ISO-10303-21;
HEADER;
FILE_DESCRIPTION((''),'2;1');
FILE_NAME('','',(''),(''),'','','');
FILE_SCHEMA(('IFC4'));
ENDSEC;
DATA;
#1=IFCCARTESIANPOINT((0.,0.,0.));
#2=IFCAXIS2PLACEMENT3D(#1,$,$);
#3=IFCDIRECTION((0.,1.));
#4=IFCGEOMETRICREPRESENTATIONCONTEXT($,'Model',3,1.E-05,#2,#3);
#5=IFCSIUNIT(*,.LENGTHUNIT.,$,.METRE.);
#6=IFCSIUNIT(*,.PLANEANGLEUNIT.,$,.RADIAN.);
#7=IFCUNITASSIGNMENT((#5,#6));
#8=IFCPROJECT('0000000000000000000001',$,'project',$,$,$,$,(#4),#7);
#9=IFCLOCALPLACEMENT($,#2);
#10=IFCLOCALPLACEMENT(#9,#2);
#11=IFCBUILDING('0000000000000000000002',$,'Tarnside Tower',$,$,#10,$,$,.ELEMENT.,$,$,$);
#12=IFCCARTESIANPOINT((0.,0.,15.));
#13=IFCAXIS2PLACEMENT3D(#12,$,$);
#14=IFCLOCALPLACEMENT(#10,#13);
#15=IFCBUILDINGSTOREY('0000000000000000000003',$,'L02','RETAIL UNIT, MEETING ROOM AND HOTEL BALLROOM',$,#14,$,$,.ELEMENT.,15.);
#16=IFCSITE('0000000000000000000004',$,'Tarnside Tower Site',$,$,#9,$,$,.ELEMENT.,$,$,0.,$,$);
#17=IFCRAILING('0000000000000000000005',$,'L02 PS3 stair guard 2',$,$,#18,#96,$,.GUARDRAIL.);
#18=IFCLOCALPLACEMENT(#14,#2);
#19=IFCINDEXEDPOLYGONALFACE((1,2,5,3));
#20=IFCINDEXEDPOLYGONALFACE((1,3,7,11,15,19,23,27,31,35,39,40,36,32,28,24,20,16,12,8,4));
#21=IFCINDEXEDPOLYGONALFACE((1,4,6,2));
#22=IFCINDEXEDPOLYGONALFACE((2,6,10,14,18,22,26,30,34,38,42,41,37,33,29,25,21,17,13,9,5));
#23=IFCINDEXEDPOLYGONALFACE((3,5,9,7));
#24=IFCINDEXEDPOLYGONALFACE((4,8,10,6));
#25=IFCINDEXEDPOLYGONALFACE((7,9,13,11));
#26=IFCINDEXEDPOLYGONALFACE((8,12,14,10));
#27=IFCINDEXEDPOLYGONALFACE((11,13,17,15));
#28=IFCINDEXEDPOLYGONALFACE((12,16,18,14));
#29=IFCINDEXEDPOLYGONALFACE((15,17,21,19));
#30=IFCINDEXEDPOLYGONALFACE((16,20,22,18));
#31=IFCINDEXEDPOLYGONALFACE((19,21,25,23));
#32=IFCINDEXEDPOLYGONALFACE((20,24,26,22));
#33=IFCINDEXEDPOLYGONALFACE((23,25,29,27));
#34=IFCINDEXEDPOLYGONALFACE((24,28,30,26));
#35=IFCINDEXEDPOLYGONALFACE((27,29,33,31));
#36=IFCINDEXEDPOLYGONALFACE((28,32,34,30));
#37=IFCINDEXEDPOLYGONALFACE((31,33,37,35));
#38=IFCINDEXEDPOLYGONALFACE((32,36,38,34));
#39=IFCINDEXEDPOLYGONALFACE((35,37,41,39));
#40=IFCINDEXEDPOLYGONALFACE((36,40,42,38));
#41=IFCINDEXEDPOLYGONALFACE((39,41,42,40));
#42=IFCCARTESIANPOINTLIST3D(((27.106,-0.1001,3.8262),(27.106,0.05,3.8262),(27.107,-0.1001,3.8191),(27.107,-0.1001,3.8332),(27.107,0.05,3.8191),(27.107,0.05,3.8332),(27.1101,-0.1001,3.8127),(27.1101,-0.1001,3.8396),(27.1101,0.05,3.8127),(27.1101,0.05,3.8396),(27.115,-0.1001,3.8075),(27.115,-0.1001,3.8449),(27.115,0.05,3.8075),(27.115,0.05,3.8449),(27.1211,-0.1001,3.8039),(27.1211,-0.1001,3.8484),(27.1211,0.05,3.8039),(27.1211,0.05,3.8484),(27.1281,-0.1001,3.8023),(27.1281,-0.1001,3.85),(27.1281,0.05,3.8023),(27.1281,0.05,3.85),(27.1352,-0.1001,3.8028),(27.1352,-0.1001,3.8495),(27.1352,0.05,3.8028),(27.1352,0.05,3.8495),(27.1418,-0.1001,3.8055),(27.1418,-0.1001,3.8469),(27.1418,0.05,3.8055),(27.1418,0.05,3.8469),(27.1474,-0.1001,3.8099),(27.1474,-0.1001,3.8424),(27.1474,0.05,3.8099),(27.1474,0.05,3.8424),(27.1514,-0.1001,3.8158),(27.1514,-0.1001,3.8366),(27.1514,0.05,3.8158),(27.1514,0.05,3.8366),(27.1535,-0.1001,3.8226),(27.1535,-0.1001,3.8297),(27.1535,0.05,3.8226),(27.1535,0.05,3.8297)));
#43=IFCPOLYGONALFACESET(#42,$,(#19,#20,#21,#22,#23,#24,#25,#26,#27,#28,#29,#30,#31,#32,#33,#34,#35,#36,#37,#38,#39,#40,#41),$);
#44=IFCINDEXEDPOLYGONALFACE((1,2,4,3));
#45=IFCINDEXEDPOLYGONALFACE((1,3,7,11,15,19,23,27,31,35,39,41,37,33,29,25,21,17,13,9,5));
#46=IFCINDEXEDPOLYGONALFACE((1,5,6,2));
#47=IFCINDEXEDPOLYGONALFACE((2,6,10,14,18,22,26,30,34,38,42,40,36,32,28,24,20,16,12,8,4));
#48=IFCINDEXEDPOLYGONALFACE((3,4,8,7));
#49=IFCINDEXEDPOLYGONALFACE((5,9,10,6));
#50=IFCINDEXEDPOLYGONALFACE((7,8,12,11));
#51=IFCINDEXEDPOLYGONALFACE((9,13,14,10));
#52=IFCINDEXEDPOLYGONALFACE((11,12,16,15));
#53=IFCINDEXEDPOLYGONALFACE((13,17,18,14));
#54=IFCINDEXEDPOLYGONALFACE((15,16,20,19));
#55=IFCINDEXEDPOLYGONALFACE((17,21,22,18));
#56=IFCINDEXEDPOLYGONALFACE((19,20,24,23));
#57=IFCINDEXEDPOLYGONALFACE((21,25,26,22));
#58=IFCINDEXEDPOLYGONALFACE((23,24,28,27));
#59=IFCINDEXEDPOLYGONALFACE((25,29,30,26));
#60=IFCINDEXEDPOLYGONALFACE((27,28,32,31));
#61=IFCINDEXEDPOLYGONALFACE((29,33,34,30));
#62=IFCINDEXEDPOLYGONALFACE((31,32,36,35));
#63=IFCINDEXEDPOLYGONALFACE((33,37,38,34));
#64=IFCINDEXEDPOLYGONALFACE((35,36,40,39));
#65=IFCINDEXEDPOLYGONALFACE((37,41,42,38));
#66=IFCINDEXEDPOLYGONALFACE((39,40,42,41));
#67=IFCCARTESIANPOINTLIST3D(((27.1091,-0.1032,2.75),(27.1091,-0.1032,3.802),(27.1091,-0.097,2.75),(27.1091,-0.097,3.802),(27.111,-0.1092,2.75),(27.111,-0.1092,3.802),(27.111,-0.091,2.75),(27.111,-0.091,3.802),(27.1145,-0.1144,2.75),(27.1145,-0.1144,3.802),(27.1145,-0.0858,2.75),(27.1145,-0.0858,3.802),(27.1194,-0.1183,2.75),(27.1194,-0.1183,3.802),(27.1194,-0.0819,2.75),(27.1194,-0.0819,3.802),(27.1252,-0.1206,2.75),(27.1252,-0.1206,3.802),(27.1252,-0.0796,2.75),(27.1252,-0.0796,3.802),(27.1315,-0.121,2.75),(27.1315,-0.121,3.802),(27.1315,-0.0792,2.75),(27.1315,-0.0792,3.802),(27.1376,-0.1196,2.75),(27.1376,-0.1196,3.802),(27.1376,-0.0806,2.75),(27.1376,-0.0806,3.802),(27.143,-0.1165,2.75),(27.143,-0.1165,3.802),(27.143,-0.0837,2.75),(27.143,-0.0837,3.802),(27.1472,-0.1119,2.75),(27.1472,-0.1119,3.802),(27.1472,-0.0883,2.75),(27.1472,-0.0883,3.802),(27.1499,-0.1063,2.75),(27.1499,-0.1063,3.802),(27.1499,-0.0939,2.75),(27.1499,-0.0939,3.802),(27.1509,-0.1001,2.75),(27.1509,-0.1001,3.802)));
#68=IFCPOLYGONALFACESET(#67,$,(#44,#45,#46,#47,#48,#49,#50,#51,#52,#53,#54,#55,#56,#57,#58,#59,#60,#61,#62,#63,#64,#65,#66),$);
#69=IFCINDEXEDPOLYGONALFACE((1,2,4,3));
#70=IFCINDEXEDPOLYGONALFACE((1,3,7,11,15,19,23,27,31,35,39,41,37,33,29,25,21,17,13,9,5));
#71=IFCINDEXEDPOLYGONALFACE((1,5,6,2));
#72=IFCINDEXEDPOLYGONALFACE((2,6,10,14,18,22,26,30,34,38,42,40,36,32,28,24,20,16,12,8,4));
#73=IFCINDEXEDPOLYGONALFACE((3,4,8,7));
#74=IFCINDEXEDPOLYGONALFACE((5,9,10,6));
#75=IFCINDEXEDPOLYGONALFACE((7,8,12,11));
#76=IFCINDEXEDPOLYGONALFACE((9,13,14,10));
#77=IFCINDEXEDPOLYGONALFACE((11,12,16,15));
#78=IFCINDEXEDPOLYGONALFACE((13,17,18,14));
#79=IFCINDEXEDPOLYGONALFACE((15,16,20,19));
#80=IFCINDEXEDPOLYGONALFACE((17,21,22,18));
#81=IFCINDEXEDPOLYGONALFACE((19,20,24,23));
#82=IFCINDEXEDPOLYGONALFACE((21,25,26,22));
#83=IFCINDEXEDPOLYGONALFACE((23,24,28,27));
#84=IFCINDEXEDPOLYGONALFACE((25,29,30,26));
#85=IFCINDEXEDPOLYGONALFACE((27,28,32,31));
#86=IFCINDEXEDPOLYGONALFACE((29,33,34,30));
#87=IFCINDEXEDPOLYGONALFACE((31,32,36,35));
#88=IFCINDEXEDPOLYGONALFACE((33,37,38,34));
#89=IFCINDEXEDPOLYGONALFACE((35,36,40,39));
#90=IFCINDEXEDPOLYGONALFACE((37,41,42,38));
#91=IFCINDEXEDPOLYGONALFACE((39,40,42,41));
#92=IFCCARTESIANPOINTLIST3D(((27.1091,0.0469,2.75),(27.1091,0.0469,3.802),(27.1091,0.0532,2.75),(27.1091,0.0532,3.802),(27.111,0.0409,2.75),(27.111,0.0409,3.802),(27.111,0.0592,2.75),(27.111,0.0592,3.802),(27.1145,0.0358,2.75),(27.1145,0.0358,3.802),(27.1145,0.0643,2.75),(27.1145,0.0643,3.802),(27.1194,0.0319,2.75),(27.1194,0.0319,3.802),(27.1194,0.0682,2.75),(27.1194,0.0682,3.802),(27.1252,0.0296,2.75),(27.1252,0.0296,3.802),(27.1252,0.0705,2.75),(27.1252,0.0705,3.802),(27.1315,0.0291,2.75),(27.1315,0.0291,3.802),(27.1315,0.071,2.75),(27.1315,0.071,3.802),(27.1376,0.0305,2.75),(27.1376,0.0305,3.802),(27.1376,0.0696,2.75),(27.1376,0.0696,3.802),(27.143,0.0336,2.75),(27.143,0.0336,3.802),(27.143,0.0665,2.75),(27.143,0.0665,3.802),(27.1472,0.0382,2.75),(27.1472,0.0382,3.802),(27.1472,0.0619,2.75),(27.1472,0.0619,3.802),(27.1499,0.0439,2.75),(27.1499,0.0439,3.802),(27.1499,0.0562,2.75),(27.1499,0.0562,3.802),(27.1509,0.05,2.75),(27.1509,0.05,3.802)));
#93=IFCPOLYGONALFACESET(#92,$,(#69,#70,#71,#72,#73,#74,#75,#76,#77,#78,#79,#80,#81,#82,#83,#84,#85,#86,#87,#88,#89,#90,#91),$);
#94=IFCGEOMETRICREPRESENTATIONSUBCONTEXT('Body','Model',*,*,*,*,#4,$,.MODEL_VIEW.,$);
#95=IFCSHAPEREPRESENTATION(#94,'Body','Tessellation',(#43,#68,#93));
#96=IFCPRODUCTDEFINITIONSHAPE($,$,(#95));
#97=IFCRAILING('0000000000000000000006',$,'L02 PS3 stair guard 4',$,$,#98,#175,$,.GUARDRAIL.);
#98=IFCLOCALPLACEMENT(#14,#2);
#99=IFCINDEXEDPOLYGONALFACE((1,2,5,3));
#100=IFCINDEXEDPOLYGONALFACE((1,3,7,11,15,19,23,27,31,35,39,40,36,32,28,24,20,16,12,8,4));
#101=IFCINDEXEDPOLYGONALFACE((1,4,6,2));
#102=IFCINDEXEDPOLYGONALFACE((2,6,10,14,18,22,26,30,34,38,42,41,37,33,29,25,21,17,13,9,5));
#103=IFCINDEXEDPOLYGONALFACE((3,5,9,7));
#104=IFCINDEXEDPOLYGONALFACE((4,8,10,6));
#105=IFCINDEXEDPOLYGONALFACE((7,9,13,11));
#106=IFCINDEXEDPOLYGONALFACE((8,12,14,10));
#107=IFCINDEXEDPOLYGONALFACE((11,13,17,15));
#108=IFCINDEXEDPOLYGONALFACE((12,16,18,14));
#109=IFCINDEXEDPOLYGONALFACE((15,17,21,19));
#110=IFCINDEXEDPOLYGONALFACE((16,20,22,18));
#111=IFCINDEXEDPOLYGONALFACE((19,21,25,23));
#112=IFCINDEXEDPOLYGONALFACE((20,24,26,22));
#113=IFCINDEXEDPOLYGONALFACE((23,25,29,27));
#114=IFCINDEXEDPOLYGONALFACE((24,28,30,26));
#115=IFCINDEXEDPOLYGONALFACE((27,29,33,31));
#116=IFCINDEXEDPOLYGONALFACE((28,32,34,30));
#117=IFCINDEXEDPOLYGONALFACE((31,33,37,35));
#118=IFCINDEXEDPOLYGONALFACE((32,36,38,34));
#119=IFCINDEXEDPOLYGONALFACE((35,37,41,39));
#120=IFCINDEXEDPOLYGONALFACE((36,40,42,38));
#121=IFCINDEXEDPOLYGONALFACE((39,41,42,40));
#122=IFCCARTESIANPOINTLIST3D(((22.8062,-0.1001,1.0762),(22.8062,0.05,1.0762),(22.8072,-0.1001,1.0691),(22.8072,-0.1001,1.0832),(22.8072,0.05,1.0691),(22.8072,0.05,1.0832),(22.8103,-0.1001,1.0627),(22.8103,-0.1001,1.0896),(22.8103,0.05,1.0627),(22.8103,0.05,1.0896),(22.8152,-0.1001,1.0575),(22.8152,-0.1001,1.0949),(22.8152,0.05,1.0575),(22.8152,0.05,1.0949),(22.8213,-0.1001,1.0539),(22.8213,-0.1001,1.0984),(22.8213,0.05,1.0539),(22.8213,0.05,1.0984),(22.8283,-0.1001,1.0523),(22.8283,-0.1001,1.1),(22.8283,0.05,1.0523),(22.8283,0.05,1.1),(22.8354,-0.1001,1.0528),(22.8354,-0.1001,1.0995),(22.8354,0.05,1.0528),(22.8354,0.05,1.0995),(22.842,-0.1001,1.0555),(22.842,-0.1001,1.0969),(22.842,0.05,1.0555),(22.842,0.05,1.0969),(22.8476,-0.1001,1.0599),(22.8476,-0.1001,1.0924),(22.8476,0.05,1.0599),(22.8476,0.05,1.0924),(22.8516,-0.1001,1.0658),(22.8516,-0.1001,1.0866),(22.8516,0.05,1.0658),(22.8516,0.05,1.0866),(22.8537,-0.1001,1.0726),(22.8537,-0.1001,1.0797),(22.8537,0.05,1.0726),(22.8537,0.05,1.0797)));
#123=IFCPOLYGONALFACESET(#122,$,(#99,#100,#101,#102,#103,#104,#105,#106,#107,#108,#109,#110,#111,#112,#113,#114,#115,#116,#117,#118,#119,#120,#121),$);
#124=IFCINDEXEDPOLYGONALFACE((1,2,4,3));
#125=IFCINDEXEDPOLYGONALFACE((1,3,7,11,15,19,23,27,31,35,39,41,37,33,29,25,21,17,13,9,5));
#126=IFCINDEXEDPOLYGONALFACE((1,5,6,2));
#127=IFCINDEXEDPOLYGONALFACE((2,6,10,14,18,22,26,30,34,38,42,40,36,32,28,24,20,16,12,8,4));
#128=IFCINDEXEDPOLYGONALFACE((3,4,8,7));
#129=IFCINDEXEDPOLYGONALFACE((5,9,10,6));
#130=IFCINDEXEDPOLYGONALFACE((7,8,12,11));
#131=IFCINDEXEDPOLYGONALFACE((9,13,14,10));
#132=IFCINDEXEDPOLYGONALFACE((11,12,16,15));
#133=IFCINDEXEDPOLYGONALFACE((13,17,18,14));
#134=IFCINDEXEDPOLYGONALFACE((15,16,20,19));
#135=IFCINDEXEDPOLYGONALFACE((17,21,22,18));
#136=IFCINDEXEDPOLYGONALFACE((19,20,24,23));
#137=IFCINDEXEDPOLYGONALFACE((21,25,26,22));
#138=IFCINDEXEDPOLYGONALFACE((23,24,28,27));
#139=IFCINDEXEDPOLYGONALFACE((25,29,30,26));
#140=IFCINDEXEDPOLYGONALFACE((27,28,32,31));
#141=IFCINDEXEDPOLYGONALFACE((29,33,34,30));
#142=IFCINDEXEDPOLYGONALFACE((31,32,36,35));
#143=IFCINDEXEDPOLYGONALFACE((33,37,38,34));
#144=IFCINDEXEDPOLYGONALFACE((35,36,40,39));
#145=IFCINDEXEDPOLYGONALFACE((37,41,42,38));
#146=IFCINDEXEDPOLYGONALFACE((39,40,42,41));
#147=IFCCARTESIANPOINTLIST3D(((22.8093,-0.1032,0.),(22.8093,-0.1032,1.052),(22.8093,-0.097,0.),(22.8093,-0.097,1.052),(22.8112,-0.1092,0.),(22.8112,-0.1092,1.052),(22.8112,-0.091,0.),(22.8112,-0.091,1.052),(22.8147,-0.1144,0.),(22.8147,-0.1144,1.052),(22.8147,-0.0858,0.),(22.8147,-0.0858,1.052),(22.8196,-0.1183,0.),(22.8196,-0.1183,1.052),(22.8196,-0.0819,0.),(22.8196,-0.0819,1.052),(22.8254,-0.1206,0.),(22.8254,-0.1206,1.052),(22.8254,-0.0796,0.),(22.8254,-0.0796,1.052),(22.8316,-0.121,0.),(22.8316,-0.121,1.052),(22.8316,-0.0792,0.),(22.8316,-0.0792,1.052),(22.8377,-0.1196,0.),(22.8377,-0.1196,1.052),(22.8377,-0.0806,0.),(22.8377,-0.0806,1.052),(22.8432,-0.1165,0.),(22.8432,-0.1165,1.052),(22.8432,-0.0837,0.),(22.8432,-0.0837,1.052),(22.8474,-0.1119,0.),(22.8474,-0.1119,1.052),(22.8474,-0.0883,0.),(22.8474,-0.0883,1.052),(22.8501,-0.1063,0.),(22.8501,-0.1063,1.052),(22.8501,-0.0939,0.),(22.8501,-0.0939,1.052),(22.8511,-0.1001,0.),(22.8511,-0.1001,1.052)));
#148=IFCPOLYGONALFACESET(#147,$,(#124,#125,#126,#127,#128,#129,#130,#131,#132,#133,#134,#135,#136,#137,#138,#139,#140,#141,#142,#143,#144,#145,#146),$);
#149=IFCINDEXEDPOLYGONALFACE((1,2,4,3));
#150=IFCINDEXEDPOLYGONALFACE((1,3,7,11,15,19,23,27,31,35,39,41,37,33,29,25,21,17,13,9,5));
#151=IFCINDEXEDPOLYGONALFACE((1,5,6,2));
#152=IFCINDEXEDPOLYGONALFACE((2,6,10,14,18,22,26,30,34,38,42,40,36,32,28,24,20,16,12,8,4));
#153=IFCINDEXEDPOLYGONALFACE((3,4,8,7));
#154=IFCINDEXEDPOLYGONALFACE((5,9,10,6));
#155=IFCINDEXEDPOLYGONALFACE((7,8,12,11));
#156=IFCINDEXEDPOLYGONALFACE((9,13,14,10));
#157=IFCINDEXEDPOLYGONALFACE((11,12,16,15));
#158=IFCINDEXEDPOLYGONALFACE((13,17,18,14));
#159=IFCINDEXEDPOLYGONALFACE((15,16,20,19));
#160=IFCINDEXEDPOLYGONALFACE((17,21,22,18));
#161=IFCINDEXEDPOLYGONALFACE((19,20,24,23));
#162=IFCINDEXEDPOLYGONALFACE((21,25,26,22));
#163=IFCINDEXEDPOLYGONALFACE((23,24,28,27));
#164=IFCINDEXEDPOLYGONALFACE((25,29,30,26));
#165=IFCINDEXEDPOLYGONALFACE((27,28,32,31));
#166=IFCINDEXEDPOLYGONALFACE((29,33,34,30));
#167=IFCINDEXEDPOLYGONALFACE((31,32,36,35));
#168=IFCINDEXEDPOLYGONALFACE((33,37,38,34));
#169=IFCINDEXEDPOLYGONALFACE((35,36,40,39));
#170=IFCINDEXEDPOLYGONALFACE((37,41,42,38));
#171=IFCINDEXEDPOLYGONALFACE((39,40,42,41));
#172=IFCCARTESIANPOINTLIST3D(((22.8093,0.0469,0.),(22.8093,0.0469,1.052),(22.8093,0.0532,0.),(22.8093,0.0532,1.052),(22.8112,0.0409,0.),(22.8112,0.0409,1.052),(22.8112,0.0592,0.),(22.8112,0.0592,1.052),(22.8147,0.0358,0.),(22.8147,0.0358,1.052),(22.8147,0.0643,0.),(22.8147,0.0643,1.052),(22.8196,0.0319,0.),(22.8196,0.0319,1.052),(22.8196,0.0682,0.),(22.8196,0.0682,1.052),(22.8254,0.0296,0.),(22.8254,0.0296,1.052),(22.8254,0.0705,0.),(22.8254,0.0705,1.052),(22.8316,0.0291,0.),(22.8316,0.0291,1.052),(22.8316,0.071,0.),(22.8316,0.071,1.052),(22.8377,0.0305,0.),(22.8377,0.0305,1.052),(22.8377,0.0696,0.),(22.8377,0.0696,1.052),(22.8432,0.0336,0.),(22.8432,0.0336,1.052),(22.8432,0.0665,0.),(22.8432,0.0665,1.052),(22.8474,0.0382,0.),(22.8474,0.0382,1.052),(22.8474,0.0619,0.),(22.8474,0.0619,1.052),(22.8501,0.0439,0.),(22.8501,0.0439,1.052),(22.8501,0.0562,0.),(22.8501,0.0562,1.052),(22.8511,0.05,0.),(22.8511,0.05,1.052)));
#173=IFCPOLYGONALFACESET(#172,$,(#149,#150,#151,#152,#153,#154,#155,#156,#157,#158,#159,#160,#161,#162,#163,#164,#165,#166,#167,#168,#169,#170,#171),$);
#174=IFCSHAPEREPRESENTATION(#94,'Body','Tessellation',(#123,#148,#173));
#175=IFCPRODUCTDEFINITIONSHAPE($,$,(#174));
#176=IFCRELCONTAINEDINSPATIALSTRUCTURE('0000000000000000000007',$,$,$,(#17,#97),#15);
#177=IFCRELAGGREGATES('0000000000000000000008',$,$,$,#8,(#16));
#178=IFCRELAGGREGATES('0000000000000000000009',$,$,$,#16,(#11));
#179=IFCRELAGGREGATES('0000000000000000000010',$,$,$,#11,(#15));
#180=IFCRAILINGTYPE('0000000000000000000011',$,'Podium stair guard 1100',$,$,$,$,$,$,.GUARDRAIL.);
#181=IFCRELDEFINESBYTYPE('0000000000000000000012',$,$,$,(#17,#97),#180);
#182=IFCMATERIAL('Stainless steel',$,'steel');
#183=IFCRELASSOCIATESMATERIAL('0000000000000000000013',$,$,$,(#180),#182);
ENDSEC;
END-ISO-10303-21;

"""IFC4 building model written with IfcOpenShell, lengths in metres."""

from ifc_helpers import new_model, si_unit, direction, frame, origin, origin_2d, place, context, subcontext, project, spatial, circle, extrude, material, type_object, element, save


model = new_model("IFC4")

# Units and contexts
model_context = context("Model", 3, precision=1e-05, world=origin(), true_north=direction((0.0, 1.0)))
body_context = subcontext(model_context, "Body", "Model", "MODEL_VIEW")
ifc_project = project(units=[si_unit("LENGTHUNIT", "METRE"), si_unit("PLANEANGLEUNIT", "RADIAN")], contexts=[model_context])

# Site, building, storey
site_placement = place(None, origin())
site = spatial("IfcSite", under=ifc_project, at=site_placement, Name="Tarnside Tower Site", CompositionType="ELEMENT", RefElevation=0.0)
building_placement = place(site_placement, origin())
building = spatial("IfcBuilding", under=site, at=building_placement, Name="Tarnside Tower", CompositionType="ELEMENT")
storey_placement = place(building_placement, frame((0.0, 0.0, 15.0)))
storey = spatial("IfcBuildingStorey", under=building, at=storey_placement, Name="L02", Description="RETAIL UNIT, MEETING ROOM AND HOTEL BALLROOM", CompositionType="ELEMENT", Elevation=15.0)

# Railings
ifc_material_1 = material(Name="Stainless steel", Category="steel")
railing_type_1 = type_object("IfcRailingType", Name="Podium stair guard 1100", PredefinedType="GUARDRAIL", material=ifc_material_1)
for number, where, name in (
    (1, (27.1299, -0.1001, 2.75), "L02 PS3 stair guard 2"),
    (2, (22.8301, -0.1001, 0.0), "L02 PS3 stair guard 4"),
):
    element("IfcRailing", number, at=place(storey_placement, frame(where)), inside=storey, type_object=railing_type_1, Name=name, PredefinedType="GUARDRAIL", context=body_context, shape_type="SweptSolid", body=[
        extrude(circle(Radius=0.0239, at=origin_2d()), frame((0.0, 0.0, 1.0762), z_axis=(0.0, 1.0, 0.0), x_axis=(-1.0, 0.0, 0.0)), (0.0, 0.0, 1.0), 0.1501),
        extrude(circle(Radius=0.021, at=origin_2d()), origin(), (0.0, 0.0, 1.0), 1.052),
        extrude(circle(Radius=0.021, at=origin_2d()), frame((0.0, 0.1501, 0.0)), (0.0, 0.0, 1.0), 1.052),
    ])

save(model, "model.ifc")
